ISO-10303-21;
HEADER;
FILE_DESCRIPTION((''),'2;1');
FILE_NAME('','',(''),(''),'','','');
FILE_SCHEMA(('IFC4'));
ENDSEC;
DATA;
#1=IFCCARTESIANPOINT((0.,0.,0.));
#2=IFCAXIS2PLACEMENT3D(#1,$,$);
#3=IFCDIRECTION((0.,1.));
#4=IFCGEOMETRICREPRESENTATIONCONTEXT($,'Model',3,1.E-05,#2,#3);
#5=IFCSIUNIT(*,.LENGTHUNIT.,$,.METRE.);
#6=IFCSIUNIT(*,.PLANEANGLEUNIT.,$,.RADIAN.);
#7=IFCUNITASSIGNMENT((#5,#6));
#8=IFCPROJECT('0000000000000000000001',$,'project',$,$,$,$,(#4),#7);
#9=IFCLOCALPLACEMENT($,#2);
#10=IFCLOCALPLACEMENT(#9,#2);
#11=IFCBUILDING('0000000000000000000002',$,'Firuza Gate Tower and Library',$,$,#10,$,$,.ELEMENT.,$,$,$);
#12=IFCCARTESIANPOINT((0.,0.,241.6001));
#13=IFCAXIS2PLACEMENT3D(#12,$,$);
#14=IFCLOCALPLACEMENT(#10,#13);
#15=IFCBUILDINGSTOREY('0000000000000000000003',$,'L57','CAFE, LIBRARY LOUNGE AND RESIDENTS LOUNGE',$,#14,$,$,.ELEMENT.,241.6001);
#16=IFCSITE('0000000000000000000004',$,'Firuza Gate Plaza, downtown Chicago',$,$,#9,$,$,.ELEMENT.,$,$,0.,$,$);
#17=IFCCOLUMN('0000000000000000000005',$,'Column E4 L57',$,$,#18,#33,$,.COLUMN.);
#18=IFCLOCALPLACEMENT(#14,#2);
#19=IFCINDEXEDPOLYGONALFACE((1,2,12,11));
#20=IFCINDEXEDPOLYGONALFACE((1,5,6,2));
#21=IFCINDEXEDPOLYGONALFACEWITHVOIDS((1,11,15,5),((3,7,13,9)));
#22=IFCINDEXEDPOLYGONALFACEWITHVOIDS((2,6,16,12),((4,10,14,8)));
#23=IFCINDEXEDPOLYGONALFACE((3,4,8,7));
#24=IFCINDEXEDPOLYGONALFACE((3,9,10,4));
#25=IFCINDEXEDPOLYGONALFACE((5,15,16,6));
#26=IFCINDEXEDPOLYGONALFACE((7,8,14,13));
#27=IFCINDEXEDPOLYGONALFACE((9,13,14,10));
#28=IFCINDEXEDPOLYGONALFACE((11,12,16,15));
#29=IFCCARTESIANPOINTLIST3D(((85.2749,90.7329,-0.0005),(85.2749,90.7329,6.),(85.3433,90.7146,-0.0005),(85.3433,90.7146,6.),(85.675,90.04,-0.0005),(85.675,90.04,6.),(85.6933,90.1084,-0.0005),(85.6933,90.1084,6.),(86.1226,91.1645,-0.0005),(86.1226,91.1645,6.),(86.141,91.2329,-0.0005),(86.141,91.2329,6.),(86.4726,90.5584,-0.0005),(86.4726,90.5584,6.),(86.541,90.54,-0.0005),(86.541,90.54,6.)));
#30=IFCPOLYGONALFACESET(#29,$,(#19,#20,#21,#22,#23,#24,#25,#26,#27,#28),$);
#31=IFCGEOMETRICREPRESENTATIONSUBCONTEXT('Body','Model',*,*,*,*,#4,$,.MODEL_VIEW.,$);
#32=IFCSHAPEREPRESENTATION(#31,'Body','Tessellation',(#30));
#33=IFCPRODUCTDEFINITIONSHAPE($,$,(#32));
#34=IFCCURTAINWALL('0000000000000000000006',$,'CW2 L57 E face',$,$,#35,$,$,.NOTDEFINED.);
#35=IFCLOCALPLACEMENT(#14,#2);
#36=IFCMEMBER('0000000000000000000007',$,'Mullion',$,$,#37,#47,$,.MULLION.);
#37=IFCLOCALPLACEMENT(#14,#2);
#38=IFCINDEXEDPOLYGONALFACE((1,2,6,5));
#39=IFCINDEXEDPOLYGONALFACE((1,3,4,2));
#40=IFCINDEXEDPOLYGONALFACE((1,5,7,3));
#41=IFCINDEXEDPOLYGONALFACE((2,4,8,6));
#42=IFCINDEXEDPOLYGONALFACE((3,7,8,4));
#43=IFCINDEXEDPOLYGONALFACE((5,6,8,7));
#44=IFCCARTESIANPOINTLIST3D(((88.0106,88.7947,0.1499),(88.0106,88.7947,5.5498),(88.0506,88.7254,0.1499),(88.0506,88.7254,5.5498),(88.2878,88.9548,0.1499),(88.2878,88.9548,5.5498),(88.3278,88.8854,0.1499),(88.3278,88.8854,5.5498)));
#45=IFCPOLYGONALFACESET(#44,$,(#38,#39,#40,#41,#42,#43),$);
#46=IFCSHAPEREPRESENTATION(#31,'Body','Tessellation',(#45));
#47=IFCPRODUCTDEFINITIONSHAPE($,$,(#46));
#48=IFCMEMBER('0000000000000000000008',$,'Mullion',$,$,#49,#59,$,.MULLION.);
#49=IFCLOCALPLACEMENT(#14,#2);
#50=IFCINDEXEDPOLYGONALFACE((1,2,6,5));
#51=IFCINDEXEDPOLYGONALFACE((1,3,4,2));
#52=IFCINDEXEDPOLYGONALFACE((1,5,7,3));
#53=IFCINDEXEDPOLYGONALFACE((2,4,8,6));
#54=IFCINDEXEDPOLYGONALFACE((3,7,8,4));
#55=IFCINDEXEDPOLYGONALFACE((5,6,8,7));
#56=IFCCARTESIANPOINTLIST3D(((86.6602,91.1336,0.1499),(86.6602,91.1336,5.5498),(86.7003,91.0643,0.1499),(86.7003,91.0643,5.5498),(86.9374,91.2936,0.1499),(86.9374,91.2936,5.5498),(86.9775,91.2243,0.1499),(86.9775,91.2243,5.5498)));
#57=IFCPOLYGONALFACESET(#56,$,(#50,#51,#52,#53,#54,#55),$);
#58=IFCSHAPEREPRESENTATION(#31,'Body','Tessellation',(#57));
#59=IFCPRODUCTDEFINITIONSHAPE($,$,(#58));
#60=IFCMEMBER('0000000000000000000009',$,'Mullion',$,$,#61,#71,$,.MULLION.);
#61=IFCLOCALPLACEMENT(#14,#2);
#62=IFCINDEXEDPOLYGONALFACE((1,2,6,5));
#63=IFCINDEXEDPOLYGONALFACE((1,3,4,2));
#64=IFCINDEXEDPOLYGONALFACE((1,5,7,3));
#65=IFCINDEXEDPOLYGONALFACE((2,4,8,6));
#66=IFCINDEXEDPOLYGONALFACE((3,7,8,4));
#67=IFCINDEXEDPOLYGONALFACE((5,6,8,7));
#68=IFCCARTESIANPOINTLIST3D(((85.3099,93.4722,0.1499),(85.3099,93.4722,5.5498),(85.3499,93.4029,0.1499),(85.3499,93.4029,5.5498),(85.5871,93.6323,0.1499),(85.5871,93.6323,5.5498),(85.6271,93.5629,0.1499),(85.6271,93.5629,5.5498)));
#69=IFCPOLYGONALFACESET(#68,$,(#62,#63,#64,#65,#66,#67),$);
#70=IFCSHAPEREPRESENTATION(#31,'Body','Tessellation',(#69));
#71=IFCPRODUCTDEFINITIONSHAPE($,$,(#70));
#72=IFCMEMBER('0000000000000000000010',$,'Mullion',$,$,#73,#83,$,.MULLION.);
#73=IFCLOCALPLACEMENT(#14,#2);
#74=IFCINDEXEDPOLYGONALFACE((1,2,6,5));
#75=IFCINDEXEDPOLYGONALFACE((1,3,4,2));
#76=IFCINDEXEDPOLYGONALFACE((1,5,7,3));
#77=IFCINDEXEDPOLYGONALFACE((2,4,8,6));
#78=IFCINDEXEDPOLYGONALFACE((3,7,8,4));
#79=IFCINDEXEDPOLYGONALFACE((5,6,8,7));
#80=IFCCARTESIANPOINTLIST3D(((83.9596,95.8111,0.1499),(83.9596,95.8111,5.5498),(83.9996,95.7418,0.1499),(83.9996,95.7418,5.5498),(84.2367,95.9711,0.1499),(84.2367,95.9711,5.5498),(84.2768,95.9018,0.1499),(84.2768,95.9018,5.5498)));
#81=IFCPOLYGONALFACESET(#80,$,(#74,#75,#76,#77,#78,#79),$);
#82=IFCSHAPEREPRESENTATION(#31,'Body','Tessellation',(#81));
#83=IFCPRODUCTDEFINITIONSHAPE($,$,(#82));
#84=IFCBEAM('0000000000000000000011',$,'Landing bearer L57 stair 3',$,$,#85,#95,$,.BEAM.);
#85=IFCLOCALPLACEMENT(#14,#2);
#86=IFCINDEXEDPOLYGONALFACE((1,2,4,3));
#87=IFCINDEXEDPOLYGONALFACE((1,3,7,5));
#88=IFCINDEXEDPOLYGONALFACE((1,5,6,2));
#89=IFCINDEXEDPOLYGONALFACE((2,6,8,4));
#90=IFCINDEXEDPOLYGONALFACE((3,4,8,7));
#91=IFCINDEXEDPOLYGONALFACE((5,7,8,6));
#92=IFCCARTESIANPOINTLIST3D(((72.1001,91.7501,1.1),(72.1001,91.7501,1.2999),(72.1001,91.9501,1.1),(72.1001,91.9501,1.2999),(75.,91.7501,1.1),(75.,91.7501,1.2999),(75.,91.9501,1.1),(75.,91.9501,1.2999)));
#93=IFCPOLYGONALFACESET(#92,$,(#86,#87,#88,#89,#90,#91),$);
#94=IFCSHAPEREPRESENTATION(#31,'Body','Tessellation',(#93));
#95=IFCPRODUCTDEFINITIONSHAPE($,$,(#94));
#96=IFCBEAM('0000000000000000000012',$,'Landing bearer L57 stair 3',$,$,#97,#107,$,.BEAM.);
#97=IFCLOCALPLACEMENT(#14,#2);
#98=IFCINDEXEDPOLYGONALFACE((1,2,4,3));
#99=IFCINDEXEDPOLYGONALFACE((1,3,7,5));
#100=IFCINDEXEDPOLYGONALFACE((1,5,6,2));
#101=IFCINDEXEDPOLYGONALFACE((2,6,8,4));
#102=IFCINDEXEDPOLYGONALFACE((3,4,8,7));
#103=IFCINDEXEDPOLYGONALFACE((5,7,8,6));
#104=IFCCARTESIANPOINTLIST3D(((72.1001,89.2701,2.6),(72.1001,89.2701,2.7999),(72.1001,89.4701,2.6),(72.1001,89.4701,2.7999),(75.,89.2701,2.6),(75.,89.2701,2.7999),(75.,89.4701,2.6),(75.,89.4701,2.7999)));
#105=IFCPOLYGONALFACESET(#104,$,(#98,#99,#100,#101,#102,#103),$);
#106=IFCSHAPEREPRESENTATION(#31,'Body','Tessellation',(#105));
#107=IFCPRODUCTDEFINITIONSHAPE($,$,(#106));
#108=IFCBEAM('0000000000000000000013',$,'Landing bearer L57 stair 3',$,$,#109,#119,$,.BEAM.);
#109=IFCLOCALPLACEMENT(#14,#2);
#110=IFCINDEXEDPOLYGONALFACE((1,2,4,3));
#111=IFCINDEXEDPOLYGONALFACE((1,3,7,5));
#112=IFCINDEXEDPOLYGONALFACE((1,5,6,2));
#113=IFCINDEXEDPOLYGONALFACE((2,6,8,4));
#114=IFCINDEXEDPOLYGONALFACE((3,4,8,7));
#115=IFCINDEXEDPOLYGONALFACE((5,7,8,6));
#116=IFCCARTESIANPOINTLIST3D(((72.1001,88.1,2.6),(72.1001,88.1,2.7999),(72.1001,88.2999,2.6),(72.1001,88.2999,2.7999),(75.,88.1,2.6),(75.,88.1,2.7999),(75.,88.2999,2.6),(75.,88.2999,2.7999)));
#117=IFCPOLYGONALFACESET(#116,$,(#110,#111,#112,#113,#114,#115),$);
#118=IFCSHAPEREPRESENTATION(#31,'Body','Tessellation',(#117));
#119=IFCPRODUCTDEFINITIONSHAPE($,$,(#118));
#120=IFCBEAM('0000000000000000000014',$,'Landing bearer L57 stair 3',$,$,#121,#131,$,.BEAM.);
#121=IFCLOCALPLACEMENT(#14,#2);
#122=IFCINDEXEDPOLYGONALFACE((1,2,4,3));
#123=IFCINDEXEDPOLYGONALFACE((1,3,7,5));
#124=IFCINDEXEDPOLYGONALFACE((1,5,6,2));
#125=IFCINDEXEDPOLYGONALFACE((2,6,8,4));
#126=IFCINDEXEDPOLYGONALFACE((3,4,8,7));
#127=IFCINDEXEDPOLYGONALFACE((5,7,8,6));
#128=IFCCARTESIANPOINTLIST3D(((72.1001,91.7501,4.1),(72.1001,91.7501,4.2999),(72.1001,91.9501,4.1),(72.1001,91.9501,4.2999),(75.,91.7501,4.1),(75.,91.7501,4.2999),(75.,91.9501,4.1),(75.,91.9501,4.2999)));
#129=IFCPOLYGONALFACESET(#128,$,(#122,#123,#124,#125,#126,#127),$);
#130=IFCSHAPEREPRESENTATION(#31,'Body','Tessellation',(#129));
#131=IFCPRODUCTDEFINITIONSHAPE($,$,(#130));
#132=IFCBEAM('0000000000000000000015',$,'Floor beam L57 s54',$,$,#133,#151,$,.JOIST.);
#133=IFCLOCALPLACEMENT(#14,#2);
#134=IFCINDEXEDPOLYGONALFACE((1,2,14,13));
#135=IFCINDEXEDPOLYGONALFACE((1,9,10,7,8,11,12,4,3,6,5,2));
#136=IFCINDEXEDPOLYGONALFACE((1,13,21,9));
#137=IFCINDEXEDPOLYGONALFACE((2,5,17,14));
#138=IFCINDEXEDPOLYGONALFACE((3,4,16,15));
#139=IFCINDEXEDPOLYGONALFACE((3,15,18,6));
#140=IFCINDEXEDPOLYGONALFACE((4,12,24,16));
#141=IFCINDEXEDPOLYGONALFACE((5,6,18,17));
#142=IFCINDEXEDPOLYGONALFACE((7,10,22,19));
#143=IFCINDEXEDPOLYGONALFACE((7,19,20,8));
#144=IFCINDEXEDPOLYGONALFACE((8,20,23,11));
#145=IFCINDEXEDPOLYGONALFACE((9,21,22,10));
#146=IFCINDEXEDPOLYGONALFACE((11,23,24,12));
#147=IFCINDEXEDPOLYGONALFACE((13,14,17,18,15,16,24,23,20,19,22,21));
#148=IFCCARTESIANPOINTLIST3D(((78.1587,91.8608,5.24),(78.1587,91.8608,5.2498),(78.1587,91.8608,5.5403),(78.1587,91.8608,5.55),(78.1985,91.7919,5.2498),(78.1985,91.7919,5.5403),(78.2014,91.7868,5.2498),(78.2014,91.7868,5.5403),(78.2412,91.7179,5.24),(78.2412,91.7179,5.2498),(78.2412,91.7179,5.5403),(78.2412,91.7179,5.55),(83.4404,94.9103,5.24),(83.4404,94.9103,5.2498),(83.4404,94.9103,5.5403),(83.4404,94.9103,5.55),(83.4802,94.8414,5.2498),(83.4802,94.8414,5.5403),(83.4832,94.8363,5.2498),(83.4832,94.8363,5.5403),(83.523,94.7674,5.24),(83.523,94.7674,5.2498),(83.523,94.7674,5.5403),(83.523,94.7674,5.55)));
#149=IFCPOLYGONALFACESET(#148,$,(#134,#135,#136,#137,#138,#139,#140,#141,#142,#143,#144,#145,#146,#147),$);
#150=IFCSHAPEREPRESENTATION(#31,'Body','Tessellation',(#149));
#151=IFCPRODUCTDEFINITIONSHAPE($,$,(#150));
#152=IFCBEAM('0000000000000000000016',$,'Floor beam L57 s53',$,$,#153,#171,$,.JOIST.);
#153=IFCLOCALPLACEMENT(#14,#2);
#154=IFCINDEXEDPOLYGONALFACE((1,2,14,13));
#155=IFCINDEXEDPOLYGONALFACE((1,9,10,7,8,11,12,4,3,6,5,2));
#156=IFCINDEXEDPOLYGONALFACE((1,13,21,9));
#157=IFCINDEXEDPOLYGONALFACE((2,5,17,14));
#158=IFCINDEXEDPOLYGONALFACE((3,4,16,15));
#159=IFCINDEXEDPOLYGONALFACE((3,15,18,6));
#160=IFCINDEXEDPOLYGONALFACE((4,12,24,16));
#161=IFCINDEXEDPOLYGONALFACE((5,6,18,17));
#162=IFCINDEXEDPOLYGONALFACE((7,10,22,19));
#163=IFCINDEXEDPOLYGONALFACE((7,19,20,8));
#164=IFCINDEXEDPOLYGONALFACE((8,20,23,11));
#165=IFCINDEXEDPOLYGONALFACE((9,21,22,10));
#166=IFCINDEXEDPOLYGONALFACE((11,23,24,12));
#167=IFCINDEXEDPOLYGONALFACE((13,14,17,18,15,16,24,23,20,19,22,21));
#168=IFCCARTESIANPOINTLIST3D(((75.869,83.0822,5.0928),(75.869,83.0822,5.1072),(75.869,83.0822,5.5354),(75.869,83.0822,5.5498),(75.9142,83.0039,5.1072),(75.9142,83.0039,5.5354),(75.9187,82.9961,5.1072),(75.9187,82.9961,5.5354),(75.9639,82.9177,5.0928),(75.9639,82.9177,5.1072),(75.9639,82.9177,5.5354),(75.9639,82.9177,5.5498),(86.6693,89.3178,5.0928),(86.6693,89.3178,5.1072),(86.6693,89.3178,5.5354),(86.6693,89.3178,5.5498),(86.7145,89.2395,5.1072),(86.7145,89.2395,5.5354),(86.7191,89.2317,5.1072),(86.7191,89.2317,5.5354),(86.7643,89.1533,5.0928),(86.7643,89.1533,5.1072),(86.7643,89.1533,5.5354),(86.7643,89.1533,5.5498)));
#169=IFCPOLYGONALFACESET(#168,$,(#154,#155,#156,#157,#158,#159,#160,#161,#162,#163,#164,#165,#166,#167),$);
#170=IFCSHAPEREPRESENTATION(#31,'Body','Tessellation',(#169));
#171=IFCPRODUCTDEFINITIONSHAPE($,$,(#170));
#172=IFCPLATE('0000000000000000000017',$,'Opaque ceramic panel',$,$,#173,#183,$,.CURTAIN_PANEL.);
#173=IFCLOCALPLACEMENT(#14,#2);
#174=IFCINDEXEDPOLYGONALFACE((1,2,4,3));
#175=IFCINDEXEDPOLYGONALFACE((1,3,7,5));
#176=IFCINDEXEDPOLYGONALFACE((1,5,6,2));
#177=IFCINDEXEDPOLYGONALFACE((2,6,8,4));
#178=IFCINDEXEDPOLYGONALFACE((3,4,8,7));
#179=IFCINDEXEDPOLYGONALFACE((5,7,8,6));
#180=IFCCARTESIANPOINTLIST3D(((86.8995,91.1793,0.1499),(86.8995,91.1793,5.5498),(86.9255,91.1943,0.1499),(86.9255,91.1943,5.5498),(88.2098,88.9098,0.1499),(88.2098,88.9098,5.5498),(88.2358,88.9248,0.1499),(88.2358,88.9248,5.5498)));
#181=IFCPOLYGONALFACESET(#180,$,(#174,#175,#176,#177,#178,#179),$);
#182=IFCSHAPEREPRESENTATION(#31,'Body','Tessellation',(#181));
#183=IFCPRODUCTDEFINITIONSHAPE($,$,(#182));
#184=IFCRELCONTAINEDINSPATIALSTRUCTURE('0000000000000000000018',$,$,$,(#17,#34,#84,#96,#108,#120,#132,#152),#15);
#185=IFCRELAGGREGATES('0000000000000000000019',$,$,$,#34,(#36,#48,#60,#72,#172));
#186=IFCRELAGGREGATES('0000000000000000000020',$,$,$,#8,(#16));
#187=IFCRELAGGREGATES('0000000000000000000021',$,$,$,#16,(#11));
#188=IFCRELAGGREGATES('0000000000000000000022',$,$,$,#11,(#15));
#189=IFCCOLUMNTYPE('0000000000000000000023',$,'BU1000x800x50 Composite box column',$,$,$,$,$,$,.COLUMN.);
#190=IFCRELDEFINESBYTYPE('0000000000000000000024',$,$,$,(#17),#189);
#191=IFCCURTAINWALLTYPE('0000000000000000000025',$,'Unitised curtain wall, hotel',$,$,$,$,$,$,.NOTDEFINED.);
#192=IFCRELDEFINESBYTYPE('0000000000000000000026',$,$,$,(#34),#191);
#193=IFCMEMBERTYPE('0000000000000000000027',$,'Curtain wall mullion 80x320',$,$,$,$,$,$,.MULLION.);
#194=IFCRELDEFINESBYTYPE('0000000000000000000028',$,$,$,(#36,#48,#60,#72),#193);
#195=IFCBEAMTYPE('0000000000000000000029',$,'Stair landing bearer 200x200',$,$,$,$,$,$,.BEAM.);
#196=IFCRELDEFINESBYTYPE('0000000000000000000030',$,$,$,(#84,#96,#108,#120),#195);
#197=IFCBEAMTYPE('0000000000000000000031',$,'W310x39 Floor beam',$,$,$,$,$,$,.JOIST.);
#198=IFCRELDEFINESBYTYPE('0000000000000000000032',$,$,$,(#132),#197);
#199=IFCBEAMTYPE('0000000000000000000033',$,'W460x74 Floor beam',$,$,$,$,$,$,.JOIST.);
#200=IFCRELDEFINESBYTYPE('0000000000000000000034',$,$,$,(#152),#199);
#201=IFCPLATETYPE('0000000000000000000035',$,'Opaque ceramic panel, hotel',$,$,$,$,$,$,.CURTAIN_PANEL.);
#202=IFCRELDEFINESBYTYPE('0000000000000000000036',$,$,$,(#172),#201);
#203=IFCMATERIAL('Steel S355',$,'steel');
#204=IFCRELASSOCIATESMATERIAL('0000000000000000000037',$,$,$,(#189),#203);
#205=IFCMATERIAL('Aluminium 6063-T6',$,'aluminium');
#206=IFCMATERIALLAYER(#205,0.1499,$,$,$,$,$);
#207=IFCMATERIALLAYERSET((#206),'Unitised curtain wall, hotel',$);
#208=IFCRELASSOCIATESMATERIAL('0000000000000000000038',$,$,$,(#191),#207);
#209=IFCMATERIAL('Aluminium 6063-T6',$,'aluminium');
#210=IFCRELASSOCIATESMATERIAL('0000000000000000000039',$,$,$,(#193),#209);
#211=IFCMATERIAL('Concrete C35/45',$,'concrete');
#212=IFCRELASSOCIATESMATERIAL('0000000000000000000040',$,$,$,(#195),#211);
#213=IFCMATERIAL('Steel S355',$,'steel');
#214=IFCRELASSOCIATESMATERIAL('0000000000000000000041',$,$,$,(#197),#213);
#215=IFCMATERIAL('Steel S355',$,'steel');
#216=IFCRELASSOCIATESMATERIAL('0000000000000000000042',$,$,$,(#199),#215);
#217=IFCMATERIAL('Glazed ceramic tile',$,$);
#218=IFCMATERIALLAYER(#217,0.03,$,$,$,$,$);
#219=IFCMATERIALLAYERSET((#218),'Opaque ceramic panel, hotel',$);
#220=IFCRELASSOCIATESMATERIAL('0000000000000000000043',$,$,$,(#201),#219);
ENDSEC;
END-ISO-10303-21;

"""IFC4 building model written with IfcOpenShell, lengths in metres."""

from ifc_helpers import new_model, si_unit, direction, frame, origin, origin_2d, place, context, subcontext, project, spatial, polyline, rectangle, hollow_rectangle, i_section, outline, extrude, material, layer, layer_set, material_profile, profile_set, type_object, element, aggregate, save


model = new_model("IFC4")

# Units and contexts
model_context = context("Model", 3, precision=1e-05, world=origin(), true_north=direction((0.0, 1.0)))
body_context = subcontext(model_context, "Body", "Model", "MODEL_VIEW")
ifc_project = project(units=[si_unit("LENGTHUNIT", "METRE"), si_unit("PLANEANGLEUNIT", "RADIAN")], contexts=[model_context])

# Site, building, storey
site_placement = place(None, origin())
site = spatial("IfcSite", under=ifc_project, at=site_placement, Name="Firuza Gate Plaza, downtown Chicago", CompositionType="ELEMENT", RefElevation=0.0)
building_placement = place(site_placement, origin())
building = spatial("IfcBuilding", under=site, at=building_placement, Name="Firuza Gate Tower and Library", CompositionType="ELEMENT")
storey_placement = place(building_placement, frame((0.0, 0.0, 241.6001)))
storey = spatial("IfcBuildingStorey", under=building, at=storey_placement, Name="L57", Description="CAFE, LIBRARY LOUNGE AND RESIDENTS LOUNGE", CompositionType="ELEMENT", Elevation=241.6001)

# Column
ifc_material_1 = material(Name="Steel S355", Category="steel")
ifc_material_profile_1 = material_profile(ifc_material_1, hollow_rectangle(XDim=0.8, YDim=1.0, WallThickness=0.05, at=origin_2d()))
ifc_profile_set_1 = profile_set([ifc_material_profile_1], Name="Steel S355")
column_type = type_object("IfcColumnType", Name="BU1000x800x50 Composite box column", PredefinedType="COLUMN", material=ifc_profile_set_1)
column_placement = place(storey_placement, frame((85.908, 90.6365, -0.0005), z_axis=(0.0, 0.0, 1.0), x_axis=(-0.5, 0.866025, 0.0)))
element("IfcColumn", 1, at=column_placement, inside=storey, type_object=column_type, Name="Column E4 L57", PredefinedType="COLUMN", context=body_context, shape_type="SweptSolid", body=[
    extrude(hollow_rectangle(XDim=0.8, YDim=1.0, WallThickness=0.05, at=origin_2d()), origin(), (0.0, 0.0, 1.0), 6.0005),
])

# Curtain wall, members
ifc_material_2 = material(Name="Aluminium 6063-T6", Category="aluminium")
ifc_layer_1 = layer(ifc_material_2, 0.1499)
ifc_layer_set_1 = layer_set([ifc_layer_1], Name="Unitised curtain wall, hotel")
curtain_wall_type = type_object("IfcCurtainWallType", Name="Unitised curtain wall, hotel", PredefinedType="NOTDEFINED", material=ifc_layer_set_1)
placement = place(storey_placement, origin())
curtain_wall = element("IfcCurtainWall", 2, at=placement, inside=storey, type_object=curtain_wall_type, Name="CW2 L57 E face", PredefinedType="NOTDEFINED")
ifc_material_3 = material(Name="Aluminium 6063-T6", Category="aluminium")
ifc_material_profile_2 = material_profile(ifc_material_3, rectangle(XDim=0.3201, YDim=0.0801, at=origin_2d()))
ifc_profile_set_2 = profile_set([ifc_material_profile_2], Name="Aluminium 6063-T6")
member_type = type_object("IfcMemberType", Name="Curtain wall mullion 80x320", PredefinedType="MULLION", material=ifc_profile_set_2)
member_1_placement = place(storey_placement, frame((88.1692, 88.8401, 0.1499), z_axis=(0.0, 0.0, 1.0), x_axis=(-0.866025, -0.5, 0.0)))
member_1 = element("IfcMember", 3, at=member_1_placement, type_object=member_type, Name="Mullion", PredefinedType="MULLION", context=body_context, shape_type="SweptSolid", body=[
    extrude(rectangle(XDim=0.3201, YDim=0.0801, at=origin_2d()), origin(), (0.0, 0.0, 1.0), 5.3999),
])
member_2_placement = place(storey_placement, frame((86.8188, 91.179, 0.1499), z_axis=(0.0, 0.0, 1.0), x_axis=(-0.866025, -0.5, 0.0)))
member_2 = element("IfcMember", 4, at=member_2_placement, type_object=member_type, Name="Mullion", PredefinedType="MULLION", context=body_context, shape_type="SweptSolid", body=[
    extrude(rectangle(XDim=0.3201, YDim=0.0801, at=origin_2d()), origin(), (0.0, 0.0, 1.0), 5.3999),
])
member_3_placement = place(storey_placement, frame((85.4685, 93.5176, 0.1499), z_axis=(0.0, 0.0, 1.0), x_axis=(-0.866025, -0.5, 0.0)))
member_3 = element("IfcMember", 5, at=member_3_placement, type_object=member_type, Name="Mullion", PredefinedType="MULLION", context=body_context, shape_type="SweptSolid", body=[
    extrude(rectangle(XDim=0.3201, YDim=0.0801, at=origin_2d()), origin(), (0.0, 0.0, 1.0), 5.3999),
])
member_4_placement = place(storey_placement, frame((84.1182, 95.8564, 0.1499), z_axis=(0.0, 0.0, 1.0), x_axis=(-0.866025, -0.5, 0.0)))
member_4 = element("IfcMember", 6, at=member_4_placement, type_object=member_type, Name="Mullion", PredefinedType="MULLION", context=body_context, shape_type="SweptSolid", body=[
    extrude(rectangle(XDim=0.3201, YDim=0.0801, at=origin_2d()), origin(), (0.0, 0.0, 1.0), 5.3999),
])

# Beams
ifc_material_4 = material(Name="Concrete C35/45", Category="concrete")
ifc_material_profile_3 = material_profile(ifc_material_4, rectangle(XDim=0.2, YDim=0.2, at=origin_2d()))
ifc_profile_set_3 = profile_set([ifc_material_profile_3], Name="Concrete C35/45")
beam_type_1 = type_object("IfcBeamType", Name="Stair landing bearer 200x200", PredefinedType="BEAM", material=ifc_profile_set_3)
for number, where, z_axis, x_axis, name in (
    (7, (75.0, 91.8501, 1.2), (-1.0, 0.0, 0.0), (0.0, -1.0, 0.0), "Landing bearer L57 stair 3"),
    (8, (75.0, 89.3701, 2.7), (-1.0, 0.0, 0.0), (0.0, -1.0, 0.0), "Landing bearer L57 stair 3"),
    (9, (75.0, 88.2, 2.7), (-1.0, 0.0, 0.0), (0.0, -1.0, 0.0), "Landing bearer L57 stair 3"),
    (10, (75.0, 91.8501, 4.2), (-1.0, 0.0, 0.0), (0.0, -1.0, 0.0), "Landing bearer L57 stair 3"),
):
    element("IfcBeam", number, at=place(storey_placement, frame(where, z_axis=z_axis, x_axis=x_axis)), inside=storey, type_object=beam_type_1, Name=name, PredefinedType="BEAM", context=body_context, shape_type="SweptSolid", body=[
        extrude(rectangle(XDim=0.2, YDim=0.2, at=origin_2d()), origin(), (0.0, 0.0, 1.0), 2.8999),
    ])
ifc_material_5 = material(Name="Steel S355", Category="steel")
ifc_material_profile_4 = material_profile(ifc_material_5, i_section(OverallWidth=0.165, OverallDepth=0.3101, WebThickness=0.0059, FlangeThickness=0.0098, at=origin_2d()))
ifc_profile_set_4 = profile_set([ifc_material_profile_4], Name="Steel S355")
beam_type_2 = type_object("IfcBeamType", Name="W310x39 Floor beam", PredefinedType="JOIST", material=ifc_profile_set_4)
beam_1_placement = place(storey_placement, frame((83.4817, 94.8389, 5.395), z_axis=(-0.866015, -0.500018, 0.0), x_axis=(0.500018, -0.866015, 0.0)))
element("IfcBeam", 11, at=beam_1_placement, inside=storey, type_object=beam_type_2, Name="Floor beam L57 s54", PredefinedType="JOIST", context=body_context, shape_type="SweptSolid", body=[
    extrude(i_section(OverallWidth=0.165, OverallDepth=0.3101, WebThickness=0.0059, FlangeThickness=0.0098, at=origin_2d()), origin(), (0.0, 0.0, 1.0), 6.0989),
])
ifc_material_6 = material(Name="Steel S355", Category="steel")
ifc_material_profile_5 = material_profile(ifc_material_6, i_section(OverallWidth=0.1899, OverallDepth=0.457, WebThickness=0.009, FlangeThickness=0.0144, at=origin_2d()))
ifc_profile_set_5 = profile_set([ifc_material_profile_5], Name="Steel S355")
beam_type_3 = type_object("IfcBeamType", Name="W460x74 Floor beam", PredefinedType="JOIST", material=ifc_profile_set_5)
beam_2_placement = place(storey_placement, frame((86.7168, 89.2356, 5.3213), z_axis=(-0.866024, -0.500003, 0.0), x_axis=(0.500003, -0.866024, 0.0)))
element("IfcBeam", 12, at=beam_2_placement, inside=storey, type_object=beam_type_3, Name="Floor beam L57 s53", PredefinedType="JOIST", context=body_context, shape_type="SweptSolid", body=[
    extrude(i_section(OverallWidth=0.1899, OverallDepth=0.457, WebThickness=0.009, FlangeThickness=0.0144, at=origin_2d()), origin(), (0.0, 0.0, 1.0), 12.4712),
])

# Plate
ifc_material_7 = material(Name="Glazed ceramic tile")
ifc_layer_2 = layer(ifc_material_7, 0.03)
ifc_layer_set_2 = layer_set([ifc_layer_2], Name="Opaque ceramic panel, hotel")
plate_type = type_object("IfcPlateType", Name="Opaque ceramic panel, hotel", PredefinedType="CURTAIN_PANEL", material=ifc_layer_set_2)
plate_1_placement = place(storey_placement, frame((88.2358, 88.9248, 0.1499), z_axis=(0.866027, 0.499997, 0.0), x_axis=(-0.499997, 0.866027, 0.0)))
plate_1 = element("IfcPlate", 13, at=plate_1_placement, type_object=plate_type, Name="Opaque ceramic panel", PredefinedType="CURTAIN_PANEL", context=body_context, shape_type="SweptSolid", body=[
    extrude(outline(polyline([(0.0, 0.0), (2.6206, 0.0), (2.6206, 5.3999), (0.0, 5.3999), (0.0, 0.0)])), origin(), (0.0, 0.0, -1.0), 0.03),
])
aggregate(curtain_wall, [member_1, member_2, member_3, member_4, plate_1])

save(model, "model.ifc")
